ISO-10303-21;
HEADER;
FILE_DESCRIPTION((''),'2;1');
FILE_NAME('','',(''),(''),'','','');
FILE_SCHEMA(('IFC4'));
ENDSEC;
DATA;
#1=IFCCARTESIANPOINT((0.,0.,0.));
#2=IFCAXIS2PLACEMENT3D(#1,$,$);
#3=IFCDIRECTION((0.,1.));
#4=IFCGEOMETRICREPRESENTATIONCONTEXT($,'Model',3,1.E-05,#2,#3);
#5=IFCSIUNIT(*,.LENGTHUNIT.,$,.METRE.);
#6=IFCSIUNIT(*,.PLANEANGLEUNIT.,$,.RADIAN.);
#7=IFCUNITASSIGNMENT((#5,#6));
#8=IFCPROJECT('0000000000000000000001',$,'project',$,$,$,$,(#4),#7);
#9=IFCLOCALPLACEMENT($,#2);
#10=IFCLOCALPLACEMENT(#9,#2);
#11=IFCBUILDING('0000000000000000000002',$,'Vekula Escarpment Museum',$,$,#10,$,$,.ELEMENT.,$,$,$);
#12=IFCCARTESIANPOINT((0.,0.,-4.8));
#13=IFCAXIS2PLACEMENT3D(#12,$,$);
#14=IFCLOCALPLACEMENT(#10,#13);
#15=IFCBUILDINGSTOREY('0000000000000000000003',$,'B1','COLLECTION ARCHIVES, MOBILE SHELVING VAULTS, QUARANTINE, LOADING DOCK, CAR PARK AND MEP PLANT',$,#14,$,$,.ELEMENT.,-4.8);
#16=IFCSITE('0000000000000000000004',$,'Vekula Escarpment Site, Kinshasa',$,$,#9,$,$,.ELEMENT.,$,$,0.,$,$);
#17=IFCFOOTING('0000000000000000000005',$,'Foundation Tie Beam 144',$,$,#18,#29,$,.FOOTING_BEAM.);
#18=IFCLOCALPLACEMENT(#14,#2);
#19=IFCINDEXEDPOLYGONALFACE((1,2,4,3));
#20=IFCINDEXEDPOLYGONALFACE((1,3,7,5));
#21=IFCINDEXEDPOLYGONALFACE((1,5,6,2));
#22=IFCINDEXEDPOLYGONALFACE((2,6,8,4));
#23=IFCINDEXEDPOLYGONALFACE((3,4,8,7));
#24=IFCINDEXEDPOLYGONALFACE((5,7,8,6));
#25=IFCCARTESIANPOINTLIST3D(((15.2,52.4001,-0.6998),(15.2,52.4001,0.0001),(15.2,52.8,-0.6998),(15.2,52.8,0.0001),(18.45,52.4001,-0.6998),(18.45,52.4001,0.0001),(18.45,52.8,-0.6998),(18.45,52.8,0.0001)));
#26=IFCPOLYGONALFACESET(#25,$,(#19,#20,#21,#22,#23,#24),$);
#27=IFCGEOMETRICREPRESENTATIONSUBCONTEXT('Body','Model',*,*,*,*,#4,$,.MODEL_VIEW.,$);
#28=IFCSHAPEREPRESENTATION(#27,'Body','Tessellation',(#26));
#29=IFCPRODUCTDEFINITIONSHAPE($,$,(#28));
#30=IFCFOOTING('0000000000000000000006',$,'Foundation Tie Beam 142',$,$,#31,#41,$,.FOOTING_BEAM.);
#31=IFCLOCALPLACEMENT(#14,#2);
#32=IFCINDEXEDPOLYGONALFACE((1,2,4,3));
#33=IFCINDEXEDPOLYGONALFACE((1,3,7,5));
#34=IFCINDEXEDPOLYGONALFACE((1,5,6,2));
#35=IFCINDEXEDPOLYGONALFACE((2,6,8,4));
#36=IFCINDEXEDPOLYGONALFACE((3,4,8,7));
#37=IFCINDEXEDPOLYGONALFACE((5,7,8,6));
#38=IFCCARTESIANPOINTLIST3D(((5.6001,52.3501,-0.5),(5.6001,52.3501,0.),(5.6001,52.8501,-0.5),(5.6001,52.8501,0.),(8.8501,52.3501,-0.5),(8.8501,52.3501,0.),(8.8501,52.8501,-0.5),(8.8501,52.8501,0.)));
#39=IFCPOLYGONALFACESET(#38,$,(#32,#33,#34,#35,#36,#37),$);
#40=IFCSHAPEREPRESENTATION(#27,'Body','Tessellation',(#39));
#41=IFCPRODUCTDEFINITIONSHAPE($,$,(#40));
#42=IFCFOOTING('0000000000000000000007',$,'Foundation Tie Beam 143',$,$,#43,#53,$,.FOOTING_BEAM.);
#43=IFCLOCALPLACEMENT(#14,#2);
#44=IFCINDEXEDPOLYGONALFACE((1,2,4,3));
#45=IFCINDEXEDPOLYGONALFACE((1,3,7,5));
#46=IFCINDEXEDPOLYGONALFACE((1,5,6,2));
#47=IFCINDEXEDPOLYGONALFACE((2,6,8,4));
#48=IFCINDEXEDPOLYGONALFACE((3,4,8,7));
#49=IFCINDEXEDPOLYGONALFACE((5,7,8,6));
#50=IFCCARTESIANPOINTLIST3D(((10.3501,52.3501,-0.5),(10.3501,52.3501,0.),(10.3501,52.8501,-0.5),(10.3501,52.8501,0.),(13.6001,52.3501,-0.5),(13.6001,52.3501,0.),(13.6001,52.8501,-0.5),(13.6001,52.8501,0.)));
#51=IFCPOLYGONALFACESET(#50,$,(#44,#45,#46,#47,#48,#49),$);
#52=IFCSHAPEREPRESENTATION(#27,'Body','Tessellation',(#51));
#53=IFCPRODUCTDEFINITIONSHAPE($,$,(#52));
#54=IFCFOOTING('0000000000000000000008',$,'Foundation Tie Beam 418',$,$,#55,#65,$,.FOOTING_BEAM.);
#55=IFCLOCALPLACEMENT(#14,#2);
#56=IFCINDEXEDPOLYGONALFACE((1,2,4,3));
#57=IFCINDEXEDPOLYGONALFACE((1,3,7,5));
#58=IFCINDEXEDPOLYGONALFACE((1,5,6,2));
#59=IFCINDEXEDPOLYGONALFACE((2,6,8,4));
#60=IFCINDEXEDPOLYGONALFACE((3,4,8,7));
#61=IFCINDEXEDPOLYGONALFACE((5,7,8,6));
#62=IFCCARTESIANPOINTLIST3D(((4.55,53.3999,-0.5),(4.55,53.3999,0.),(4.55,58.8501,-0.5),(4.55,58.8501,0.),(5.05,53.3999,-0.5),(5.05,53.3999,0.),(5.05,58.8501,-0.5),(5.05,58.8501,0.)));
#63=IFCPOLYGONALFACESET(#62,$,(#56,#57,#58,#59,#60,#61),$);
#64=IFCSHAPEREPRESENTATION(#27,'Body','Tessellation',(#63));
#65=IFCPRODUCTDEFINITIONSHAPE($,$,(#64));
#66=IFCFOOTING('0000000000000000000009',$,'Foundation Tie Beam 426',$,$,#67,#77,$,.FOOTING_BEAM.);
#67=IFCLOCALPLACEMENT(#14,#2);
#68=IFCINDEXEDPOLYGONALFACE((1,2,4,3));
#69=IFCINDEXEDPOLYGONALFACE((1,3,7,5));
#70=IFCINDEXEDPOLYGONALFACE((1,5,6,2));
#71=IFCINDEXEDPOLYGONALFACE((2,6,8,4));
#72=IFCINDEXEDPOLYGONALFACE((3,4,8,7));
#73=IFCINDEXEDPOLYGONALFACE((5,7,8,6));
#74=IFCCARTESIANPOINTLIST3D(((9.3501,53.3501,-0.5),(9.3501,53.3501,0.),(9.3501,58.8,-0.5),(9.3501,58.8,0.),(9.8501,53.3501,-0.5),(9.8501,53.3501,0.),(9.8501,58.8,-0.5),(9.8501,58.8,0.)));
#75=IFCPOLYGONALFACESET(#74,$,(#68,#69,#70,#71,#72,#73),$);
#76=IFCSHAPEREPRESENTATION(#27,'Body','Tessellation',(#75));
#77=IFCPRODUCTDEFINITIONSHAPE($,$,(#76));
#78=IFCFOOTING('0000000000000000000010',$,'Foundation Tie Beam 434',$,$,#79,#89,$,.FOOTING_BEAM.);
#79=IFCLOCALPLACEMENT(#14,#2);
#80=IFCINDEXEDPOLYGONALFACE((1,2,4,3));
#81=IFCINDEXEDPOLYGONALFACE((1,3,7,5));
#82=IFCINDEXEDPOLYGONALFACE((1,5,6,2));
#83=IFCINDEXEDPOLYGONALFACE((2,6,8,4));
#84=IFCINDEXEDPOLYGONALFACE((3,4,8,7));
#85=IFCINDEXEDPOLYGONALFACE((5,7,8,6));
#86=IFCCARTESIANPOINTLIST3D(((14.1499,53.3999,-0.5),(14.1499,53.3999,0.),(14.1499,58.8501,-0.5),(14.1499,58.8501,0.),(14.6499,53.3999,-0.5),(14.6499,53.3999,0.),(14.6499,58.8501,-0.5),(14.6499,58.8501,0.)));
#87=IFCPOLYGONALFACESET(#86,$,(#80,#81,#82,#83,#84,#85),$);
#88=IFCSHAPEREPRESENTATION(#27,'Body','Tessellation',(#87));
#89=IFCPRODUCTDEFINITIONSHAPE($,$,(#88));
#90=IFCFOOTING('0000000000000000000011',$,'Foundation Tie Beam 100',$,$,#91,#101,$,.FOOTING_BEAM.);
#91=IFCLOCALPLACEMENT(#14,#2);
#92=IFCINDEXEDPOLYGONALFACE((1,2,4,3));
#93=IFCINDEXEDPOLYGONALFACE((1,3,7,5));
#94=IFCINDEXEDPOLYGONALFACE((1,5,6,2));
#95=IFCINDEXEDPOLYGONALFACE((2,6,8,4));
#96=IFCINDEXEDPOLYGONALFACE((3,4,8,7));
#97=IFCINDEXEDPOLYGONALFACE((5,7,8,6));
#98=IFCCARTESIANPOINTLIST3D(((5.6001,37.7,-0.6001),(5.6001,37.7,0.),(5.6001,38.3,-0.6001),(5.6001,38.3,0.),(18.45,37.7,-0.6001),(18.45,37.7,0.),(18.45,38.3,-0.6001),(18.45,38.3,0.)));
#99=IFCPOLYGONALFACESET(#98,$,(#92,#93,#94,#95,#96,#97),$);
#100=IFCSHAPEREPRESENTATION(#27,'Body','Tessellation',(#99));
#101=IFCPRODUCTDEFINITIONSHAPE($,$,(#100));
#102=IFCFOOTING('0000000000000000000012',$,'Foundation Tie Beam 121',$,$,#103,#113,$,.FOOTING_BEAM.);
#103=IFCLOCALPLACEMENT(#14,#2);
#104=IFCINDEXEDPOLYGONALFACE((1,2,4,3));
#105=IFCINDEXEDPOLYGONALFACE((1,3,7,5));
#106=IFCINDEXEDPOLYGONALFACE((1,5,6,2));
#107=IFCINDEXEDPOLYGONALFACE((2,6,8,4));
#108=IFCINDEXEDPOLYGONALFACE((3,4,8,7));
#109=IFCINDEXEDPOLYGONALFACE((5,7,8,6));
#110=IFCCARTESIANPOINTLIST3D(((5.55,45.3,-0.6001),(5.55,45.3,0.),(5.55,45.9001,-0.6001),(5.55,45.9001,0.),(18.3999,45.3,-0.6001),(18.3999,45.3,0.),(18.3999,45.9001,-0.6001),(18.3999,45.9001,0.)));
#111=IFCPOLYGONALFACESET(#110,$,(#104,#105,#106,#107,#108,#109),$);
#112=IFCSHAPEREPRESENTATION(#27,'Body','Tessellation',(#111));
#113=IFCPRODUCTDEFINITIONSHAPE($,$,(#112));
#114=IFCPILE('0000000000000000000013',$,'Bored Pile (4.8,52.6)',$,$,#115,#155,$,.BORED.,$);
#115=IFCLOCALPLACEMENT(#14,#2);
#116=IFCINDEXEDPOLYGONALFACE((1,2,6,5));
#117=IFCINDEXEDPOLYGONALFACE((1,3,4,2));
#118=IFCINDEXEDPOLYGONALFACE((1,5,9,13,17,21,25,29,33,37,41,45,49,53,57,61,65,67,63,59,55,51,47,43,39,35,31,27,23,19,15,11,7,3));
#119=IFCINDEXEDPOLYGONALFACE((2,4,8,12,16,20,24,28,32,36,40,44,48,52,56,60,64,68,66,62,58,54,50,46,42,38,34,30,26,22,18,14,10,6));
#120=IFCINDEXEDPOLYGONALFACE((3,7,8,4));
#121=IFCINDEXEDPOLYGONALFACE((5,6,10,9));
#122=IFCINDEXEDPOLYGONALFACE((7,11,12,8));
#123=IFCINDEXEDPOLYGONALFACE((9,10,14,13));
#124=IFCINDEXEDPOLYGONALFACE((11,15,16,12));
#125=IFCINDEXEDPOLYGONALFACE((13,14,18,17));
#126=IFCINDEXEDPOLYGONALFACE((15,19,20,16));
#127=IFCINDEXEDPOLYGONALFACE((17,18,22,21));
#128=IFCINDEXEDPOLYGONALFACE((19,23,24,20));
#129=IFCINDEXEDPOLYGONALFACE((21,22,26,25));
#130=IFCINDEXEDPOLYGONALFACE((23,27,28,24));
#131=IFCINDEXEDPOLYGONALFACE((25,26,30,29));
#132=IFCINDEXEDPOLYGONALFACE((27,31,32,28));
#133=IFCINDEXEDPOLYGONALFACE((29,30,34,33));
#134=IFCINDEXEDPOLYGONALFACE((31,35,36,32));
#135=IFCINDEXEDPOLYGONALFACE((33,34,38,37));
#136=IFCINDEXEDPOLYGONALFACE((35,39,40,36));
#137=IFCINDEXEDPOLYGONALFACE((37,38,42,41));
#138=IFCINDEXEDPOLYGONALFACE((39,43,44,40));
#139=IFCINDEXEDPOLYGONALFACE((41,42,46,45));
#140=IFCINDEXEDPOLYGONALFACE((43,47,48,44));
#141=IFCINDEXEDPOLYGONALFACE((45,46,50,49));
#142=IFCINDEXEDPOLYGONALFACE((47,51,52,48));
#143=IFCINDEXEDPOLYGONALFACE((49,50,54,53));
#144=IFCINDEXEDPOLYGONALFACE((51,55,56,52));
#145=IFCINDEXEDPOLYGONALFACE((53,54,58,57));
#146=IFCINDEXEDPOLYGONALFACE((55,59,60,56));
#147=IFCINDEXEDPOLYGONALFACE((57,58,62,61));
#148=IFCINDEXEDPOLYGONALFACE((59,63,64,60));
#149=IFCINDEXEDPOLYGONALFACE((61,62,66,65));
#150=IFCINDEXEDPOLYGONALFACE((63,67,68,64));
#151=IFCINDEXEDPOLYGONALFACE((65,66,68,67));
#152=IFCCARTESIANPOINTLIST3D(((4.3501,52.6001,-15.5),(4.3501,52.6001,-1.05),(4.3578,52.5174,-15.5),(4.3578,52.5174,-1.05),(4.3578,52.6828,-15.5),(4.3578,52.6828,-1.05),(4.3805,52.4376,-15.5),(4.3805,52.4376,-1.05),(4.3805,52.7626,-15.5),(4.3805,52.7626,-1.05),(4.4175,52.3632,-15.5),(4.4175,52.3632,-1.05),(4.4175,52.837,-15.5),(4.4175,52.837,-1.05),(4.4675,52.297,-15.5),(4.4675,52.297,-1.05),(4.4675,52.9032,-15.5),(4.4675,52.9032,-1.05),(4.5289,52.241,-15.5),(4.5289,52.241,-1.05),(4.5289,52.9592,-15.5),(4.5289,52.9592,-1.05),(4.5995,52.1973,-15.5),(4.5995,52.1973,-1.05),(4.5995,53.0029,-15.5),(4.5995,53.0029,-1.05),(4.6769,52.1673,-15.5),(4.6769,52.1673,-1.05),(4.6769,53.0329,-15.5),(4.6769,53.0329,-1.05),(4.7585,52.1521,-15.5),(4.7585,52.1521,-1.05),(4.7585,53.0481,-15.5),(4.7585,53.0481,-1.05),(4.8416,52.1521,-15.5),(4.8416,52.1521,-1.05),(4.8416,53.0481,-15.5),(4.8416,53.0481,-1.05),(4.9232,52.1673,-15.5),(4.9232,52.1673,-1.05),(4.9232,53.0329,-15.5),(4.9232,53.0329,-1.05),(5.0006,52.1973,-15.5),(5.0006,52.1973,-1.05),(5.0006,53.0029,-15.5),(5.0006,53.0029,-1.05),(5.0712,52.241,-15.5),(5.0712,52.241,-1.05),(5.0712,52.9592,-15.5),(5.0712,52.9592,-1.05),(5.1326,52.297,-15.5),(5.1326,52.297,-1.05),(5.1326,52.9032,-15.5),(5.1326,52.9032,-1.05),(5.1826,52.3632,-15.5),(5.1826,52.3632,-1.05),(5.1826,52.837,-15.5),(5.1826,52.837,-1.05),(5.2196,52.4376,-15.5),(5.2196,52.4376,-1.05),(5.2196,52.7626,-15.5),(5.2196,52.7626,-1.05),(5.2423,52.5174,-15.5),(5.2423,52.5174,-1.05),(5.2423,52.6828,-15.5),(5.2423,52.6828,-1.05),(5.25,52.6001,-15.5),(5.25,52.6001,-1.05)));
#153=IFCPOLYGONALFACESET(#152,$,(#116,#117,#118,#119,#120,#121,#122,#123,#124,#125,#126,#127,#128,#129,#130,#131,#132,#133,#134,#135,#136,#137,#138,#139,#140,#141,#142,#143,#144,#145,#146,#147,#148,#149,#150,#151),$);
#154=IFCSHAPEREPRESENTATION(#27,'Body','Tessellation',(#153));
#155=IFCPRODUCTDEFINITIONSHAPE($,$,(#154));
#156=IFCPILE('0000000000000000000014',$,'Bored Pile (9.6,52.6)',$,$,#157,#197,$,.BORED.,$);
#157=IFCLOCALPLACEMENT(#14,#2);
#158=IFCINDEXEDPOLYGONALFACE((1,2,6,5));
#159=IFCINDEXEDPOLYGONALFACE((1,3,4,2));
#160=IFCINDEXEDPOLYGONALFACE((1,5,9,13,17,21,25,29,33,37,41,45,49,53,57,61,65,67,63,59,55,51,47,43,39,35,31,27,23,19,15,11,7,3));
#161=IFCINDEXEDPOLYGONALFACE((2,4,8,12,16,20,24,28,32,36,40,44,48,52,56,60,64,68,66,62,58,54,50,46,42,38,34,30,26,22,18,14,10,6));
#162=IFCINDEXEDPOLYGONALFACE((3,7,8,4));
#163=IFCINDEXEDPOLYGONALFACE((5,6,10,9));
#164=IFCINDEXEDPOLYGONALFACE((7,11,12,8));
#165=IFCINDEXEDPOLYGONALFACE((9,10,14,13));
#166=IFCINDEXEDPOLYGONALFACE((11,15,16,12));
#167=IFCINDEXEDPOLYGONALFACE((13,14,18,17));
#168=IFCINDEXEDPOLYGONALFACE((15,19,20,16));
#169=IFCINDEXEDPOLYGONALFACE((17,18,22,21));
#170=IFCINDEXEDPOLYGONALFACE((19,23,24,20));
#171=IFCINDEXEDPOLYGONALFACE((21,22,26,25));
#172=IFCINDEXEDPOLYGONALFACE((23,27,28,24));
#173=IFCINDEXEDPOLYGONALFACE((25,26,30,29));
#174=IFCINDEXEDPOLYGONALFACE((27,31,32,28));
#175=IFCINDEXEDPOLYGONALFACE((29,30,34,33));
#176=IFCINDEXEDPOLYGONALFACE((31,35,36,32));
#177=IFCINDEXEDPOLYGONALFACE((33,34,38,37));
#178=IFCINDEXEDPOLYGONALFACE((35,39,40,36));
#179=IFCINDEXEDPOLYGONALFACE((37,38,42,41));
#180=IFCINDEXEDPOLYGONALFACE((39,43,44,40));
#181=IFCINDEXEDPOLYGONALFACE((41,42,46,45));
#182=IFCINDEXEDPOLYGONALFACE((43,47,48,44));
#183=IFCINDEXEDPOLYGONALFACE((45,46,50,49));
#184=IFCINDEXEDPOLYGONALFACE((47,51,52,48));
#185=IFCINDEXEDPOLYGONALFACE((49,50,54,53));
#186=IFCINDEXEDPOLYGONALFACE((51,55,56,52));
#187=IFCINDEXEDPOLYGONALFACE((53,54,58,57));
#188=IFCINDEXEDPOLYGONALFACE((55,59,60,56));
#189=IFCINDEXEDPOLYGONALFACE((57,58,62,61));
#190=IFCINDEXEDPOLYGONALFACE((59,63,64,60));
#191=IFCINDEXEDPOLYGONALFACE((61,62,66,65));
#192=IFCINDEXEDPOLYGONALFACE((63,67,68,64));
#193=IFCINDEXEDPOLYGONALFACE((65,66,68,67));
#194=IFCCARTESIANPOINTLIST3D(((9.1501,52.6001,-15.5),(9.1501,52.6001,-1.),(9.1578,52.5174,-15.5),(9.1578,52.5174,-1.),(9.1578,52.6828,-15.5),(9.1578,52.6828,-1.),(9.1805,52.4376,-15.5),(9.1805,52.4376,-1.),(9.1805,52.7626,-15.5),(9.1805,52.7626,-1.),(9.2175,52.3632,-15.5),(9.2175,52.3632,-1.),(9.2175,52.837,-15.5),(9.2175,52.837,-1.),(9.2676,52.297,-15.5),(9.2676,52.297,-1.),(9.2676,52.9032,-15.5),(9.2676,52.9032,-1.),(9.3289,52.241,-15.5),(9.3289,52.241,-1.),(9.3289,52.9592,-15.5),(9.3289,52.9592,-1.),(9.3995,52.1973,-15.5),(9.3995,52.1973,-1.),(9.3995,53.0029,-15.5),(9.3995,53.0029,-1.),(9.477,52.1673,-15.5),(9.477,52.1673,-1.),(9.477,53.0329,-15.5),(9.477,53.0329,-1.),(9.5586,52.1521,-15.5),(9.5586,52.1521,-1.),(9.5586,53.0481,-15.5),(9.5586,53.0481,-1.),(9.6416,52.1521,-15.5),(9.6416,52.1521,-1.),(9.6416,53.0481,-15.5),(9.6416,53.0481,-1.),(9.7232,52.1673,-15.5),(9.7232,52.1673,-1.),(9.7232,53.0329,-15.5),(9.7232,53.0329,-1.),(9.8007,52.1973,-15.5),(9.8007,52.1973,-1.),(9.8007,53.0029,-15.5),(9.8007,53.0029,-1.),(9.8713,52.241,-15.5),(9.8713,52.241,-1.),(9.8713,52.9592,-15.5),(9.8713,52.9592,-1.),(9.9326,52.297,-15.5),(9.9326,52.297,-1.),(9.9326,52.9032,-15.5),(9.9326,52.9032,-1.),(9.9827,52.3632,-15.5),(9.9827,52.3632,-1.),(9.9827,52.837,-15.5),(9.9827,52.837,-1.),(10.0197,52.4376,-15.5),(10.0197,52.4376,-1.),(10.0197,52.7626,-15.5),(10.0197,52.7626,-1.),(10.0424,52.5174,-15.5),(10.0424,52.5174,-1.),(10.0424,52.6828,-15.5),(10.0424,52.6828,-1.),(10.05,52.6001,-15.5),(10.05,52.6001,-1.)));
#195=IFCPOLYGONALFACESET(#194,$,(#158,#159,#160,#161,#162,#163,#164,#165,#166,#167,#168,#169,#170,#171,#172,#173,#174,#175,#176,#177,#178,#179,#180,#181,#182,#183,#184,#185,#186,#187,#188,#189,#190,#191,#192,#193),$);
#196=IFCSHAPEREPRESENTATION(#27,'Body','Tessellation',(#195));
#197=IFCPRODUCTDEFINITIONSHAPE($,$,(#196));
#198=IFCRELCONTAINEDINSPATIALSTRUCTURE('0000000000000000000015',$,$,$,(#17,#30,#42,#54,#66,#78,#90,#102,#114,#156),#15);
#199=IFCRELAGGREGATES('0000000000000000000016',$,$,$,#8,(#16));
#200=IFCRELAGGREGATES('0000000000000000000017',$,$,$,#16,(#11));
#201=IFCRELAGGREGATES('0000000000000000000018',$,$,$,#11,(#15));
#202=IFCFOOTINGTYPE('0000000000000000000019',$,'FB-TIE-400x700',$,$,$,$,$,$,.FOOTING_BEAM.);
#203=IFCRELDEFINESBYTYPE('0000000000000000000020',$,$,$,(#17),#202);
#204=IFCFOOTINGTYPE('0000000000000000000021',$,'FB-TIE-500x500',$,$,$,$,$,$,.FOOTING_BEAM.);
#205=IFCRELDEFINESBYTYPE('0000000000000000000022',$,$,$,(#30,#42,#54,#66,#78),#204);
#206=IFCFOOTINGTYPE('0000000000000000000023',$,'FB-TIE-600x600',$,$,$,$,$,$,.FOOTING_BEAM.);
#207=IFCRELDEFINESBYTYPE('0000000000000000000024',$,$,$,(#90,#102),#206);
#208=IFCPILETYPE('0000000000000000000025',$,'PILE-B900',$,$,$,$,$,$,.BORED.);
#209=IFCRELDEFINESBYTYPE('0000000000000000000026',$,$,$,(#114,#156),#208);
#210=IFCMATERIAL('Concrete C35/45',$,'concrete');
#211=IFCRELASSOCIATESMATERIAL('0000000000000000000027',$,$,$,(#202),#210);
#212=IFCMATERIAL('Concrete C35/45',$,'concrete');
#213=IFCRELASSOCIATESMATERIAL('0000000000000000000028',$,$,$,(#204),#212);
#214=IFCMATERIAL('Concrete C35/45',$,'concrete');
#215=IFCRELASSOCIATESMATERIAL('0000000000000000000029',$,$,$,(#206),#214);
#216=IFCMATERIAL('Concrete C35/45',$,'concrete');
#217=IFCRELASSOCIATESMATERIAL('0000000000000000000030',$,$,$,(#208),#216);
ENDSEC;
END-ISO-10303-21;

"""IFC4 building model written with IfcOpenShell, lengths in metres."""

from ifc_helpers import new_model, si_unit, direction, frame, origin, origin_2d, place, context, subcontext, project, spatial, rectangle, circle, extrude, material, material_profile, profile_set, type_object, element, save


model = new_model("IFC4")

# Units and contexts
model_context = context("Model", 3, precision=1e-05, world=origin(), true_north=direction((0.0, 1.0)))
body_context = subcontext(model_context, "Body", "Model", "MODEL_VIEW")
ifc_project = project(units=[si_unit("LENGTHUNIT", "METRE"), si_unit("PLANEANGLEUNIT", "RADIAN")], contexts=[model_context])

# Site, building, storey
site_placement = place(None, origin())
site = spatial("IfcSite", under=ifc_project, at=site_placement, Name="Vekula Escarpment Site, Kinshasa", CompositionType="ELEMENT", RefElevation=0.0)
building_placement = place(site_placement, origin())
building = spatial("IfcBuilding", under=site, at=building_placement, Name="Vekula Escarpment Museum", CompositionType="ELEMENT")
storey_placement = place(building_placement, frame((0.0, 0.0, -4.8)))
storey = spatial("IfcBuildingStorey", under=building, at=storey_placement, Name="B1", Description="COLLECTION ARCHIVES, MOBILE SHELVING VAULTS, QUARANTINE, LOADING DOCK, CAR PARK AND MEP PLANT", CompositionType="ELEMENT", Elevation=-4.8)

# Footings
ifc_material_1 = material(Name="Concrete C35/45", Category="concrete")
ifc_material_profile_1 = material_profile(ifc_material_1, rectangle(XDim=0.3999, YDim=0.7, at=origin_2d()), Name="RC 400x700")
ifc_profile_set_1 = profile_set([ifc_material_profile_1], Name="Concrete C35/45")
footing_type_1 = type_object("IfcFootingType", Name="FB-TIE-400x700", PredefinedType="FOOTING_BEAM", material=ifc_profile_set_1)
footing_1_placement = place(storey_placement, frame((15.2, 52.6001, -0.3499), z_axis=(1.0, 0.0, 0.0), x_axis=(0.0, 1.0, 0.0)))
element("IfcFooting", 1, at=footing_1_placement, inside=storey, type_object=footing_type_1, Name="Foundation Tie Beam 144", PredefinedType="FOOTING_BEAM", context=body_context, shape_type="SweptSolid", body=[
    extrude(rectangle(XDim=0.3999, YDim=0.7, at=origin_2d()), origin(), (0.0, 0.0, 1.0), 3.25),
])
ifc_material_2 = material(Name="Concrete C35/45", Category="concrete")
ifc_material_profile_2 = material_profile(ifc_material_2, rectangle(XDim=0.5, YDim=0.5, at=origin_2d()), Name="RC 500x500")
ifc_profile_set_2 = profile_set([ifc_material_profile_2], Name="Concrete C35/45")
footing_type_2 = type_object("IfcFootingType", Name="FB-TIE-500x500", PredefinedType="FOOTING_BEAM", material=ifc_profile_set_2)
for number, where, z_axis, x_axis, name in (
    (2, (5.6001, 52.6001, -0.25), (1.0, 0.0, 0.0), (0.0, 1.0, 0.0), "Foundation Tie Beam 142"),
    (3, (10.3501, 52.6001, -0.25), (1.0, 0.0, 0.0), (0.0, 1.0, 0.0), "Foundation Tie Beam 143"),
):
    element("IfcFooting", number, at=place(storey_placement, frame(where, z_axis=z_axis, x_axis=x_axis)), inside=storey, type_object=footing_type_2, Name=name, PredefinedType="FOOTING_BEAM", context=body_context, shape_type="SweptSolid", body=[
        extrude(rectangle(XDim=0.5, YDim=0.5, at=origin_2d()), origin(), (0.0, 0.0, 1.0), 3.25),
    ])
footing_2_placement = place(storey_placement, frame((4.8, 53.3999, -0.25), z_axis=(0.0, 1.0, 0.0), x_axis=(-1.0, 0.0, 0.0)))
element("IfcFooting", 4, at=footing_2_placement, inside=storey, type_object=footing_type_2, Name="Foundation Tie Beam 418", PredefinedType="FOOTING_BEAM", context=body_context, shape_type="SweptSolid", body=[
    extrude(rectangle(XDim=0.5, YDim=0.5, at=origin_2d()), origin(), (0.0, 0.0, 1.0), 5.4502),
])
footing_3_placement = place(storey_placement, frame((9.6001, 53.3501, -0.25), z_axis=(0.0, 1.0, 0.0), x_axis=(-1.0, 0.0, 0.0)))
element("IfcFooting", 5, at=footing_3_placement, inside=storey, type_object=footing_type_2, Name="Foundation Tie Beam 426", PredefinedType="FOOTING_BEAM", context=body_context, shape_type="SweptSolid", body=[
    extrude(rectangle(XDim=0.5, YDim=0.5, at=origin_2d()), origin(), (0.0, 0.0, 1.0), 5.45),
])
footing_4_placement = place(storey_placement, frame((14.3999, 53.3999, -0.25), z_axis=(0.0, 1.0, 0.0), x_axis=(-1.0, 0.0, 0.0)))
element("IfcFooting", 6, at=footing_4_placement, inside=storey, type_object=footing_type_2, Name="Foundation Tie Beam 434", PredefinedType="FOOTING_BEAM", context=body_context, shape_type="SweptSolid", body=[
    extrude(rectangle(XDim=0.5, YDim=0.5, at=origin_2d()), origin(), (0.0, 0.0, 1.0), 5.4502),
])
ifc_material_3 = material(Name="Concrete C35/45", Category="concrete")
ifc_material_profile_3 = material_profile(ifc_material_3, rectangle(XDim=0.6001, YDim=0.6001, at=origin_2d()), Name="RC 600x600")
ifc_profile_set_3 = profile_set([ifc_material_profile_3], Name="Concrete C35/45")
footing_type_3 = type_object("IfcFootingType", Name="FB-TIE-600x600", PredefinedType="FOOTING_BEAM", material=ifc_profile_set_3)
for number, where, z_axis, x_axis, name in (
    (7, (5.6001, 38.0, -0.3), (1.0, 0.0, 0.0), (0.0, 1.0, 0.0), "Foundation Tie Beam 100"),
    (8, (5.55, 45.6001, -0.3), (1.0, 0.0, 0.0), (0.0, 1.0, 0.0), "Foundation Tie Beam 121"),
):
    element("IfcFooting", number, at=place(storey_placement, frame(where, z_axis=z_axis, x_axis=x_axis)), inside=storey, type_object=footing_type_3, Name=name, PredefinedType="FOOTING_BEAM", context=body_context, shape_type="SweptSolid", body=[
        extrude(rectangle(XDim=0.6001, YDim=0.6001, at=origin_2d()), origin(), (0.0, 0.0, 1.0), 12.8499),
    ])

# Piles
ifc_material_4 = material(Name="Concrete C35/45", Category="concrete")
ifc_material_profile_4 = material_profile(ifc_material_4, circle(Radius=0.45, at=origin_2d()), Name="BORED PILE 900")
ifc_profile_set_4 = profile_set([ifc_material_profile_4], Name="Concrete C35/45")
pile_type = type_object("IfcPileType", Name="PILE-B900", PredefinedType="BORED", material=ifc_profile_set_4)
pile_1_placement = place(storey_placement, frame((4.8, 52.6001, -1.05), z_axis=(0.0, 0.0, -1.0), x_axis=(1.0, 0.0, 0.0)))
element("IfcPile", 9, at=pile_1_placement, inside=storey, type_object=pile_type, Name="Bored Pile (4.8,52.6)", PredefinedType="BORED", context=body_context, shape_type="SweptSolid", body=[
    extrude(circle(Radius=0.45, at=origin_2d()), origin(), (0.0, 0.0, 1.0), 14.45),
])
pile_2_placement = place(storey_placement, frame((9.6001, 52.6001, -1.0), z_axis=(0.0, 0.0, -1.0), x_axis=(1.0, 0.0, 0.0)))
element("IfcPile", 10, at=pile_2_placement, inside=storey, type_object=pile_type, Name="Bored Pile (9.6,52.6)", PredefinedType="BORED", context=body_context, shape_type="SweptSolid", body=[
    extrude(circle(Radius=0.45, at=origin_2d()), origin(), (0.0, 0.0, 1.0), 14.5),
])

save(model, "model.ifc")
